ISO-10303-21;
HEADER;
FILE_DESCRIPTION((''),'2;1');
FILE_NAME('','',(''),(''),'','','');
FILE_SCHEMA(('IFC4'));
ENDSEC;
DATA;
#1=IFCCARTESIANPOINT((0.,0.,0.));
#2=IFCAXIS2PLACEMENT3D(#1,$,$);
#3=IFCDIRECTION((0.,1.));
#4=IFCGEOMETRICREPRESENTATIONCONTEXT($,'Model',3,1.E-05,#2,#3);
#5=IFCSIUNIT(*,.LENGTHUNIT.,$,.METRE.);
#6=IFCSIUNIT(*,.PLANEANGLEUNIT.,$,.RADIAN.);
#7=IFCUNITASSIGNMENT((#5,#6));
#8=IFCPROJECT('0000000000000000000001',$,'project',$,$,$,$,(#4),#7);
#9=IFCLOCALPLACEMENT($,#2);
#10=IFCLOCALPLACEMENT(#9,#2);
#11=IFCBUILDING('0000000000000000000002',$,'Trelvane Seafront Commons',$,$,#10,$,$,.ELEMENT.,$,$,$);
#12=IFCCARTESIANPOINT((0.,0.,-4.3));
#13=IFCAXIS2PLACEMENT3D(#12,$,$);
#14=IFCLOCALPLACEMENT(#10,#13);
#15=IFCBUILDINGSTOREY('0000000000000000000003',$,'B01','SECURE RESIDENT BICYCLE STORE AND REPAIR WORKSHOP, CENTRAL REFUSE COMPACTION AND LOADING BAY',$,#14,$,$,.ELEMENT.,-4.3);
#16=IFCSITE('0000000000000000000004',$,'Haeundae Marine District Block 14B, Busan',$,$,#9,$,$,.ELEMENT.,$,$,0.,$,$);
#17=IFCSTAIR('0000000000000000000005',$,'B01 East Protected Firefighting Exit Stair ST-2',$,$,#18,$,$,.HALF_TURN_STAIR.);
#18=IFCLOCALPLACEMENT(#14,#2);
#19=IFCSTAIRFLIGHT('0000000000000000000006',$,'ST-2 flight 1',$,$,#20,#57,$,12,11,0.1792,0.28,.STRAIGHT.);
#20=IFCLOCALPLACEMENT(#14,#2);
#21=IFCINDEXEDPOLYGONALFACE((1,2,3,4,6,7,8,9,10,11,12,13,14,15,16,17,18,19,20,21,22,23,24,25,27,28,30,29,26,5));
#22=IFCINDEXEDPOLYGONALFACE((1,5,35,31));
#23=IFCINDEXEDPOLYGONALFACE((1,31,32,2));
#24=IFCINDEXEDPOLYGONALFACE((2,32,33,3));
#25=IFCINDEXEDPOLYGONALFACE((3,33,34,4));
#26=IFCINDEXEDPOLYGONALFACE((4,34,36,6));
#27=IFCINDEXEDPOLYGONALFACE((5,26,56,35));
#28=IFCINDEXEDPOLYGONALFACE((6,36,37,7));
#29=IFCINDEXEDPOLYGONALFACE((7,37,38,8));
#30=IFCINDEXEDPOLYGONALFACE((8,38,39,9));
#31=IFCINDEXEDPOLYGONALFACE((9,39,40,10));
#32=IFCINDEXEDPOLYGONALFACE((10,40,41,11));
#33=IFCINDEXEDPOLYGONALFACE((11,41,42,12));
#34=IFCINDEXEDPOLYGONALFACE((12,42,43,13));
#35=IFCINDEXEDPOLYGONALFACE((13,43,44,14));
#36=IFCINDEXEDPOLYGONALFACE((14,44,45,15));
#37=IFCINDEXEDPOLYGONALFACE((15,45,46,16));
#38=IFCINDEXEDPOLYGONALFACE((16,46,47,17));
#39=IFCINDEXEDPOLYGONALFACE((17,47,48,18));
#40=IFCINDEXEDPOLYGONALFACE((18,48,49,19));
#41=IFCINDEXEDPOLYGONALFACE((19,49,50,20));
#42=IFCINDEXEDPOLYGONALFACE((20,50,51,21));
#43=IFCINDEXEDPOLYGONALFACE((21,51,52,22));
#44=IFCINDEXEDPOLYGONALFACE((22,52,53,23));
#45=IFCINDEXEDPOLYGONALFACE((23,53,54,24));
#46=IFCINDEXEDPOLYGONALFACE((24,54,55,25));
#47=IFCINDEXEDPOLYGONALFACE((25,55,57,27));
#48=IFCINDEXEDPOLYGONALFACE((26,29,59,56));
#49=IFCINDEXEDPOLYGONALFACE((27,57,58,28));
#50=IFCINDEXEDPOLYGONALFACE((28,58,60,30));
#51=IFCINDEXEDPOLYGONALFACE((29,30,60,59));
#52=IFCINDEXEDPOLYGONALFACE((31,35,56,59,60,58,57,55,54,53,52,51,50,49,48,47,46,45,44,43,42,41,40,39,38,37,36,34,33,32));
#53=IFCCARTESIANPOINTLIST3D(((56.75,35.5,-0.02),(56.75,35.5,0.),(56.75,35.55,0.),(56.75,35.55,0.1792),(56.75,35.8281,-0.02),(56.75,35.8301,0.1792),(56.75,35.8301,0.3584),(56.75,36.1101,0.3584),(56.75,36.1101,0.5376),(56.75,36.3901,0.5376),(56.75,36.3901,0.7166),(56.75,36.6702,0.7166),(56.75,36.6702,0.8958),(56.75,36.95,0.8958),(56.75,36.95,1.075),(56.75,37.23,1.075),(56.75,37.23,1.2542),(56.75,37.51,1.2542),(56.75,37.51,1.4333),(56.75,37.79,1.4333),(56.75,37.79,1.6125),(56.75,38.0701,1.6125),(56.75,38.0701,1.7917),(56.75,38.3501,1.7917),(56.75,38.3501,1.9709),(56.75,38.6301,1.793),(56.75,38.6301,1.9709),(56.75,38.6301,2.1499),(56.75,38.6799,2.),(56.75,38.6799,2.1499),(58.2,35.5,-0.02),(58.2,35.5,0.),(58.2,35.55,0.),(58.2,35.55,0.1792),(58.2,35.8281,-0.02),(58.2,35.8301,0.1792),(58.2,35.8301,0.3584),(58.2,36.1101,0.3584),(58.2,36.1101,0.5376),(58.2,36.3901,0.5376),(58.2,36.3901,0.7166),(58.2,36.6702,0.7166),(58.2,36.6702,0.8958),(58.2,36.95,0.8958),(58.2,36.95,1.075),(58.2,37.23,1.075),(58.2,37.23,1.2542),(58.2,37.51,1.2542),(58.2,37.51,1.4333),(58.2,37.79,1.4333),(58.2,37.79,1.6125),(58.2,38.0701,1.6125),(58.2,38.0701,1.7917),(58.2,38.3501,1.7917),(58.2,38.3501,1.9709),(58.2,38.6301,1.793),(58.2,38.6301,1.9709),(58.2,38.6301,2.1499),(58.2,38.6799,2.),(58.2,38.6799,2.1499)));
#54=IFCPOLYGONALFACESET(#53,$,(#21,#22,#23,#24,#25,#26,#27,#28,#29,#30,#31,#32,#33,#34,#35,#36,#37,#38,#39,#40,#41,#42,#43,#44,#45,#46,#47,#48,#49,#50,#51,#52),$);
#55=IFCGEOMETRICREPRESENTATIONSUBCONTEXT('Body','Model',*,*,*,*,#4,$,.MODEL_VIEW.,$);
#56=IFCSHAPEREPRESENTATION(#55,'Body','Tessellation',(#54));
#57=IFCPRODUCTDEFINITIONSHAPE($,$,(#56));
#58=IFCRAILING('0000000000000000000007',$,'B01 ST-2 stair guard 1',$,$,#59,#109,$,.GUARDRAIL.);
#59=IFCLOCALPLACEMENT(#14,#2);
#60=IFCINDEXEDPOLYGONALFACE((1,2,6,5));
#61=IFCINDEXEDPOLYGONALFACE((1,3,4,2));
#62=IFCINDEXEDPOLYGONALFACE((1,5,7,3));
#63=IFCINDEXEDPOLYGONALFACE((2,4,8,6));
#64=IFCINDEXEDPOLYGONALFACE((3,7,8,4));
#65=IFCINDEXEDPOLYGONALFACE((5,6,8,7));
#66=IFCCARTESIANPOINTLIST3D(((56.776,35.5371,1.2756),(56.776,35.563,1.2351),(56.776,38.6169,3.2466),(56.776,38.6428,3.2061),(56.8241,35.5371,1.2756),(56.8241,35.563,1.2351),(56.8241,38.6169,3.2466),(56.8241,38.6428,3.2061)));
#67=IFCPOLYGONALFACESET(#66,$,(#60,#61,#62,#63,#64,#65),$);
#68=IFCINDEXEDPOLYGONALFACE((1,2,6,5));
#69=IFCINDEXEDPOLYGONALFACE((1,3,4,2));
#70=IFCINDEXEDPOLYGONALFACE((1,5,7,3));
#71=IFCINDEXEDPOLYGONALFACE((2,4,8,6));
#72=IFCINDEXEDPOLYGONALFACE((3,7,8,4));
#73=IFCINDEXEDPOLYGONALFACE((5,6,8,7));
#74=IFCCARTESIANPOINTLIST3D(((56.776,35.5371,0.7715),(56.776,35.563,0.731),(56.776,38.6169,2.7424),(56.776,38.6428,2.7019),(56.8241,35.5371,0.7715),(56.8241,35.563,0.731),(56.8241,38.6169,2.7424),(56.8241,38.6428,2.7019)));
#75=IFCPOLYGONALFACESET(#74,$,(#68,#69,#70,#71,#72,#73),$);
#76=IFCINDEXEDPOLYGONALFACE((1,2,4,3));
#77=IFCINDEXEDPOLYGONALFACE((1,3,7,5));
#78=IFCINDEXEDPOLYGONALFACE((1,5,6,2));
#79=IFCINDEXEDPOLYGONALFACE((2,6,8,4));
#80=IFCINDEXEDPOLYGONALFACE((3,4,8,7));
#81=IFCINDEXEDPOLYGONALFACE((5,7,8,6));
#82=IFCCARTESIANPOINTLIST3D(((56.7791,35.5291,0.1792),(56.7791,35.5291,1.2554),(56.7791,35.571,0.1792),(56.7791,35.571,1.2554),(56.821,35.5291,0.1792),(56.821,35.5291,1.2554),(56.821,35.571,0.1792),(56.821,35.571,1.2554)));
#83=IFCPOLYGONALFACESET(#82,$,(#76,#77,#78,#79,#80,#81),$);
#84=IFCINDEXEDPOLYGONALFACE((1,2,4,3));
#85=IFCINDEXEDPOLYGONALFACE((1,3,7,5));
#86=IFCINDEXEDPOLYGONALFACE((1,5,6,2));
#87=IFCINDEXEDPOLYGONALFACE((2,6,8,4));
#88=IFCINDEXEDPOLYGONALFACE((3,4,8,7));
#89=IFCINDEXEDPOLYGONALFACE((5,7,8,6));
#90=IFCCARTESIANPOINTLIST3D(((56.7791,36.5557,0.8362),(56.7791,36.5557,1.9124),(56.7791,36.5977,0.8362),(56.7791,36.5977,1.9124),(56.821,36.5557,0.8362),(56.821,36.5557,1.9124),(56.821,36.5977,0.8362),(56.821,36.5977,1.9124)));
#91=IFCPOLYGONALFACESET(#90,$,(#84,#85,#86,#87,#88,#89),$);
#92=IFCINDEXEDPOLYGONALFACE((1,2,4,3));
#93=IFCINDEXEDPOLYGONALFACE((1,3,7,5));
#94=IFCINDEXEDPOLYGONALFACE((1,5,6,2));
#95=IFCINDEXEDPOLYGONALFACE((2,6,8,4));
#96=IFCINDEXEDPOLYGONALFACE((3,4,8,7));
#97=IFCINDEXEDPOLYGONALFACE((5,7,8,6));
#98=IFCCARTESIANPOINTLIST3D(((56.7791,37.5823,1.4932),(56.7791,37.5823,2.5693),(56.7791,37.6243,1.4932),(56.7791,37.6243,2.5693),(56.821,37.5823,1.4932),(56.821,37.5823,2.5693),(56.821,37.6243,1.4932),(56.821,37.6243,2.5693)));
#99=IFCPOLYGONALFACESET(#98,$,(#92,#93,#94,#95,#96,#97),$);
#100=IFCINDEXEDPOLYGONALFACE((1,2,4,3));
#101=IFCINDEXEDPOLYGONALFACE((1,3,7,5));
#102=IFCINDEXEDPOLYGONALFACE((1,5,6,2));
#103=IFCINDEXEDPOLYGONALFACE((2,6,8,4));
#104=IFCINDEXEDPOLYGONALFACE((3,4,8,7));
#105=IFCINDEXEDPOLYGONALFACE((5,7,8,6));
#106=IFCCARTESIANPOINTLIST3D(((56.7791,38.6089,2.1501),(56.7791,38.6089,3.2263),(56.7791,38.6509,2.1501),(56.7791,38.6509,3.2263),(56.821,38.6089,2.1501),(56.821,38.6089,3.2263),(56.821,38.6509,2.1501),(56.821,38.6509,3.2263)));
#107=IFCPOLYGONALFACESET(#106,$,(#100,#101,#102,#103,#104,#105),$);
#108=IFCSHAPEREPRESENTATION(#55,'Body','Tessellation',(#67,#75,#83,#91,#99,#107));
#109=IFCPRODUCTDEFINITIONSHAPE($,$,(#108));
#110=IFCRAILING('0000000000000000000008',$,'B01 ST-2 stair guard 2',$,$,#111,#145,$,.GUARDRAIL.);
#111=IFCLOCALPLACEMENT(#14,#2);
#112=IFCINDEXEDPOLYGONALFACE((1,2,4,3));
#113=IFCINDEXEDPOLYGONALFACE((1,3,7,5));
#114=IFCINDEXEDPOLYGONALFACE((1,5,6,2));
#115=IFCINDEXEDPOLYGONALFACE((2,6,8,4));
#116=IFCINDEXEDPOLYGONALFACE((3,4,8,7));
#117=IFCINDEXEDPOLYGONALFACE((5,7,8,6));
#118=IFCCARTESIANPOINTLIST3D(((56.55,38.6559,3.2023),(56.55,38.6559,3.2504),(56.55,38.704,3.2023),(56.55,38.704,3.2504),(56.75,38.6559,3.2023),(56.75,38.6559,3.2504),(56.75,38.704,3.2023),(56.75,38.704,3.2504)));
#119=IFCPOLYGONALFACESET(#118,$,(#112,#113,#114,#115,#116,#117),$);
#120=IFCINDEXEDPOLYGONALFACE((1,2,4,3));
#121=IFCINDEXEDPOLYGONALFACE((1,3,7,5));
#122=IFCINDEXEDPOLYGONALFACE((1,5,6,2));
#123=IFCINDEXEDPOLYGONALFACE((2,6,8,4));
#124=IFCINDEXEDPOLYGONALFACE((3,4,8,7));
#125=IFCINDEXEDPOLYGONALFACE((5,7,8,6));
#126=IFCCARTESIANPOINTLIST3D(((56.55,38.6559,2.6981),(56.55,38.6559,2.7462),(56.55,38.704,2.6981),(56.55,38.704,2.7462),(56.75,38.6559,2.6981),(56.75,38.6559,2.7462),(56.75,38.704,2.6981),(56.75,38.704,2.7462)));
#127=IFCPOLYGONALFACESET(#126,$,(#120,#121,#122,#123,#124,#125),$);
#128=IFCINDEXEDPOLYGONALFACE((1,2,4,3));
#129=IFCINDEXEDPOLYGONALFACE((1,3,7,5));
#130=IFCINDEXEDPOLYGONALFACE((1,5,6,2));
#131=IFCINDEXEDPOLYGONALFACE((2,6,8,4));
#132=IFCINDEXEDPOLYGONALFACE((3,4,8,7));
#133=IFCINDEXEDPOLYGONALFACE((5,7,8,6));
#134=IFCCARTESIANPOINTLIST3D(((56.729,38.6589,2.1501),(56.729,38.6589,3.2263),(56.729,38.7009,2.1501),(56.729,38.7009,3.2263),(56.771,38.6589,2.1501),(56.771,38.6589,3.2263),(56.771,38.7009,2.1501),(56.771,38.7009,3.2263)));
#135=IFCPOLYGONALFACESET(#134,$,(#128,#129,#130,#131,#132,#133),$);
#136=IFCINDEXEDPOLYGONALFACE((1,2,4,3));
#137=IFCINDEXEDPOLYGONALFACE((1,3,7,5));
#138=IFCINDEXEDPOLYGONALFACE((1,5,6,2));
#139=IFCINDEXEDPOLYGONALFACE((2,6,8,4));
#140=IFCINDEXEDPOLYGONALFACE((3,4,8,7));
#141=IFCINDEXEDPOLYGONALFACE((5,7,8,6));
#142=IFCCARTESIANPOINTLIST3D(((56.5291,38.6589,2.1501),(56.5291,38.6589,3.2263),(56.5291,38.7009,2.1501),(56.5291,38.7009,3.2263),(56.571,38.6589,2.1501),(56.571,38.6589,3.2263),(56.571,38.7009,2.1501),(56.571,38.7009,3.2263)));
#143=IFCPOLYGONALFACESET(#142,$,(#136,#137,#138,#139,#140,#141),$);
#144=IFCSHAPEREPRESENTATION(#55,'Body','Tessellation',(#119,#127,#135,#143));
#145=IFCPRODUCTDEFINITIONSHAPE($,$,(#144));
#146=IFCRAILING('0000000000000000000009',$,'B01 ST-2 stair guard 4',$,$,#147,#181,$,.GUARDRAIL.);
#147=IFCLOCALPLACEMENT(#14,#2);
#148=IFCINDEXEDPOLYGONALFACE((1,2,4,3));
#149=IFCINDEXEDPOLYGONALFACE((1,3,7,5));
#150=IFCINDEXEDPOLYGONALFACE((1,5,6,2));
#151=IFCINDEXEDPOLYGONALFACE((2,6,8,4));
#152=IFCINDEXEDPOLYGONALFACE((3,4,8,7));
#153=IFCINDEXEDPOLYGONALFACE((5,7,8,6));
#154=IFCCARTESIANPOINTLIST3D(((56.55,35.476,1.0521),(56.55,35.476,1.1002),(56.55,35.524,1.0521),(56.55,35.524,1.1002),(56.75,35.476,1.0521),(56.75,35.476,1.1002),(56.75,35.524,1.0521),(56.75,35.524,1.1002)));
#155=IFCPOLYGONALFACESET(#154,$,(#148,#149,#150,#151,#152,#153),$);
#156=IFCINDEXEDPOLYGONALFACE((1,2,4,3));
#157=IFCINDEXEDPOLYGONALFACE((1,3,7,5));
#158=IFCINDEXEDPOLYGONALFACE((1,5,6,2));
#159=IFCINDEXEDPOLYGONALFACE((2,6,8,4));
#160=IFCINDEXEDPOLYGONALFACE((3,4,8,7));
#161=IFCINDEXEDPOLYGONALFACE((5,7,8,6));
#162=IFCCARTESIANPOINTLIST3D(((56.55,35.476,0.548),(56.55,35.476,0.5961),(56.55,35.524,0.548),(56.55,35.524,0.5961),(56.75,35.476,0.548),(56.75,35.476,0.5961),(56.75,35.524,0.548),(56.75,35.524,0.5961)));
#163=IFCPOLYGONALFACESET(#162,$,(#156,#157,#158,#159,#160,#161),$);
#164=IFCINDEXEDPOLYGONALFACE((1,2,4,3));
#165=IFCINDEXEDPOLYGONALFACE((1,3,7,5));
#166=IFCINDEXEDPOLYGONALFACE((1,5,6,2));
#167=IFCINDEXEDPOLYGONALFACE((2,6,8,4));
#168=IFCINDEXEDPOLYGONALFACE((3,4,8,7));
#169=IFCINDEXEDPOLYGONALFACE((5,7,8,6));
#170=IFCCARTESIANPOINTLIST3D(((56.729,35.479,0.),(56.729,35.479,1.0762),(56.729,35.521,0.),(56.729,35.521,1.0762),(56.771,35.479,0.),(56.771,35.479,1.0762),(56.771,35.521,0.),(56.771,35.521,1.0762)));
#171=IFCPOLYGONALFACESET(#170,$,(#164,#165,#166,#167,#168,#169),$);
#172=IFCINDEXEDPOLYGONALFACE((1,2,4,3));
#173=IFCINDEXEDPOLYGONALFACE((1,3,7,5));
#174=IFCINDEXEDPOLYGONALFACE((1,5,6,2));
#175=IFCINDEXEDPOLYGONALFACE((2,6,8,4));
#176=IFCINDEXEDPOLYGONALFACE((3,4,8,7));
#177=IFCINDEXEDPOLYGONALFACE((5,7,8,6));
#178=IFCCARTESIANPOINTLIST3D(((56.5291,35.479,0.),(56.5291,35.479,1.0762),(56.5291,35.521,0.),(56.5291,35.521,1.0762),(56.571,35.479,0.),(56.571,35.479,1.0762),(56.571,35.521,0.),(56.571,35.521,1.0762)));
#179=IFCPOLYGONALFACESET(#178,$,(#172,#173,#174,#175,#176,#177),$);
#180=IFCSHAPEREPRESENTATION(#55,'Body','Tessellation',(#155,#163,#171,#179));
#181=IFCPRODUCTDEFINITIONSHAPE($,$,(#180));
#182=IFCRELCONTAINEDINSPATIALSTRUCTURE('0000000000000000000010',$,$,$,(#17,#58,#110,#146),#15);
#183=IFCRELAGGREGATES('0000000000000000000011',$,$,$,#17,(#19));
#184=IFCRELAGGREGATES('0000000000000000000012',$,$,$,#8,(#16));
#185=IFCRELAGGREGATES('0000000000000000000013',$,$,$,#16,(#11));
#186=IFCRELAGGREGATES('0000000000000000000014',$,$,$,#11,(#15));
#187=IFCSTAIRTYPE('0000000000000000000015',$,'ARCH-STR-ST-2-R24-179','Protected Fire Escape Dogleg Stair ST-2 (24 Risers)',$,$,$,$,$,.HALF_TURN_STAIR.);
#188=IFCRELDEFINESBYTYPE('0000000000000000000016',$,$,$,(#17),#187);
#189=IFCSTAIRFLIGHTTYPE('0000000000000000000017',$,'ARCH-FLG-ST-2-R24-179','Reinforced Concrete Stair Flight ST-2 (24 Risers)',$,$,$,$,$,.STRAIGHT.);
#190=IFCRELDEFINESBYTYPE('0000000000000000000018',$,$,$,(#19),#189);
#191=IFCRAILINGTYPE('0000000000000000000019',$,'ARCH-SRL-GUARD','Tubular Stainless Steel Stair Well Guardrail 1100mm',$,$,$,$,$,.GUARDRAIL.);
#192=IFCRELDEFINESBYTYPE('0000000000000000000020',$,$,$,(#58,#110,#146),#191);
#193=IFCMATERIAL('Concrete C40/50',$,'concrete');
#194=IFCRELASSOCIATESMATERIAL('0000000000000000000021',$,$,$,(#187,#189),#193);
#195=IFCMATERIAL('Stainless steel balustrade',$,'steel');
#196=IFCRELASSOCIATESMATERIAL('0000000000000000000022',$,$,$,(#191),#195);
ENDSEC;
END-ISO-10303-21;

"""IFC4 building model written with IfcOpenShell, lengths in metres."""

from ifc_helpers import new_model, si_unit, direction, frame, origin, origin_2d, place, context, subcontext, project, spatial, polyline, rectangle, outline, extrude, source, transform, mapped, material, type_object, element, aggregate, save


model = new_model("IFC4")

# Units and contexts
model_context = context("Model", 3, precision=1e-05, world=origin(), true_north=direction((0.0, 1.0)))
body_context = subcontext(model_context, "Body", "Model", "MODEL_VIEW")
ifc_project = project(units=[si_unit("LENGTHUNIT", "METRE"), si_unit("PLANEANGLEUNIT", "RADIAN")], contexts=[model_context])

# Site, building, storey
site_placement = place(None, origin())
site = spatial("IfcSite", under=ifc_project, at=site_placement, Name="Haeundae Marine District Block 14B, Busan", CompositionType="ELEMENT", RefElevation=0.0)
building_placement = place(site_placement, origin())
building = spatial("IfcBuilding", under=site, at=building_placement, Name="Trelvane Seafront Commons", CompositionType="ELEMENT")
storey_placement = place(building_placement, frame((0.0, 0.0, -4.3)))
storey = spatial("IfcBuildingStorey", under=building, at=storey_placement, Name="B01", Description="SECURE RESIDENT BICYCLE STORE AND REPAIR WORKSHOP, CENTRAL REFUSE COMPACTION AND LOADING BAY", CompositionType="ELEMENT", Elevation=-4.3)

# Stair, stair flight
ifc_material_1 = material(Name="Concrete C40/50", Category="concrete")
stair_type = type_object("IfcStairType", Name="ARCH-STR-ST-2-R24-179", Description="Protected Fire Escape Dogleg Stair ST-2 (24 Risers)", PredefinedType="HALF_TURN_STAIR", material=ifc_material_1)
stair_placement = place(storey_placement, origin())
stair = element("IfcStair", 1, at=stair_placement, inside=storey, type_object=stair_type, Name="B01 East Protected Firefighting Exit Stair ST-2", PredefinedType="HALF_TURN_STAIR")
stair_flight_type = type_object("IfcStairFlightType", Name="ARCH-FLG-ST-2-R24-179", Description="Reinforced Concrete Stair Flight ST-2 (24 Risers)", PredefinedType="STRAIGHT", material=ifc_material_1)
shared_shape_1 = source(origin(), body_context, "Body", "SweptSolid", [
    extrude(outline(polyline([(-0.05, -0.02), (-0.05, 0.0), (0.0, 0.0), (0.0, 0.1792), (0.28, 0.1792), (0.28, 0.3584), (0.5601, 0.3584), (0.5601, 0.5376), (0.8401, 0.5376), (0.8401, 0.7166), (1.1201, 0.7166), (1.1201, 0.8958), (1.3999, 0.8958), (1.3999, 1.075), (1.6799, 1.075), (1.6799, 1.2542), (1.96, 1.2542), (1.96, 1.4333), (2.24, 1.4333), (2.24, 1.6125), (2.52, 1.6125), (2.52, 1.7917), (2.8, 1.7917), (2.8, 1.9709), (3.0801, 1.9709), (3.0801, 2.1499), (3.1299, 2.1499), (3.1299, 2.0), (3.0801, 1.793), (0.2781, -0.02), (-0.05, -0.02)])), frame((0.0, 0.7251, 0.0), z_axis=(0.0, -1.0, 0.0), x_axis=(1.0, 0.0, 0.0)), (0.0, 0.0, 1.0), 1.45),
])
stair_flight_placement = place(storey_placement, frame((57.4751, 35.55, 0.0), z_axis=(0.0, 0.0, 1.0), x_axis=(0.0, 1.0, 0.0)))
stair_flight = element("IfcStairFlight", 2, at=stair_flight_placement, type_object=stair_flight_type, Name="ST-2 flight 1", NumberOfRisers=12, NumberOfTreads=11, PredefinedType="STRAIGHT", RiserHeight=0.1792, TreadLength=0.28, context=body_context, shape_type="MappedRepresentation", body=[
    mapped(shared_shape_1, transform((0.0, 0.0, 0.0), x_axis=(1.0, 0.0, 0.0), y_axis=(0.0, 1.0, 0.0), z_axis=(0.0, 0.0, 1.0), scale=1.0)),
])
aggregate(stair, [stair_flight])

# Railings
ifc_material_2 = material(Name="Stainless steel balustrade", Category="steel")
railing_type_1 = type_object("IfcRailingType", Name="ARCH-SRL-GUARD", Description="Tubular Stainless Steel Stair Well Guardrail 1100mm", PredefinedType="GUARDRAIL", material=ifc_material_2)
railing_1_placement = place(storey_placement, frame((56.8, 35.55, 0.1792)))
element("IfcRailing", 3, at=railing_1_placement, inside=storey, type_object=railing_type_1, Name="B01 ST-2 stair guard 1", PredefinedType="GUARDRAIL", context=body_context, shape_type="SweptSolid", body=[
    extrude(rectangle(XDim=0.0481, YDim=0.0481, at=origin_2d()), frame((0.0, 0.0, 1.0762), z_axis=(0.0, 0.84229, 0.539025), x_axis=(-1.0, 0.0, 0.0)), (0.0, 0.0, 1.0), 3.6565),
    extrude(rectangle(XDim=0.0481, YDim=0.0481, at=origin_2d()), frame((0.0, 0.0, 0.572), z_axis=(0.0, 0.84229, 0.539025), x_axis=(-1.0, 0.0, 0.0)), (0.0, 0.0, 1.0), 3.6565),
    extrude(rectangle(XDim=0.042, YDim=0.042, at=origin_2d()), origin(), (0.0, 0.0, 1.0), 1.0762),
    extrude(rectangle(XDim=0.042, YDim=0.042, at=origin_2d()), frame((0.0, 1.0266, 0.657)), (0.0, 0.0, 1.0), 1.0762),
    extrude(rectangle(XDim=0.042, YDim=0.042, at=origin_2d()), frame((0.0, 2.0532, 1.314)), (0.0, 0.0, 1.0), 1.0762),
    extrude(rectangle(XDim=0.042, YDim=0.042, at=origin_2d()), frame((0.0, 3.0798, 1.9709)), (0.0, 0.0, 1.0), 1.0762),
])
for number, where, name in (
    (4, (56.75, 38.6799, 2.1501), "B01 ST-2 stair guard 2"),
    (5, (56.75, 35.5, 0.0), "B01 ST-2 stair guard 4"),
):
    element("IfcRailing", number, at=place(storey_placement, frame(where)), inside=storey, type_object=railing_type_1, Name=name, PredefinedType="GUARDRAIL", context=body_context, shape_type="SweptSolid", body=[
        extrude(rectangle(XDim=0.0481, YDim=0.0481, at=origin_2d()), frame((0.0, 0.0, 1.0762), z_axis=(-1.0, 0.0, 0.0), x_axis=(0.0, -1.0, 0.0)), (0.0, 0.0, 1.0), 0.2),
        extrude(rectangle(XDim=0.0481, YDim=0.0481, at=origin_2d()), frame((0.0, 0.0, 0.572), z_axis=(-1.0, 0.0, 0.0), x_axis=(0.0, -1.0, 0.0)), (0.0, 0.0, 1.0), 0.2),
        extrude(rectangle(XDim=0.042, YDim=0.042, at=origin_2d()), origin(), (0.0, 0.0, 1.0), 1.0762),
        extrude(rectangle(XDim=0.042, YDim=0.042, at=origin_2d()), frame((-0.2, 0.0, 0.0)), (0.0, 0.0, 1.0), 1.0762),
    ])

save(model, "model.ifc")
